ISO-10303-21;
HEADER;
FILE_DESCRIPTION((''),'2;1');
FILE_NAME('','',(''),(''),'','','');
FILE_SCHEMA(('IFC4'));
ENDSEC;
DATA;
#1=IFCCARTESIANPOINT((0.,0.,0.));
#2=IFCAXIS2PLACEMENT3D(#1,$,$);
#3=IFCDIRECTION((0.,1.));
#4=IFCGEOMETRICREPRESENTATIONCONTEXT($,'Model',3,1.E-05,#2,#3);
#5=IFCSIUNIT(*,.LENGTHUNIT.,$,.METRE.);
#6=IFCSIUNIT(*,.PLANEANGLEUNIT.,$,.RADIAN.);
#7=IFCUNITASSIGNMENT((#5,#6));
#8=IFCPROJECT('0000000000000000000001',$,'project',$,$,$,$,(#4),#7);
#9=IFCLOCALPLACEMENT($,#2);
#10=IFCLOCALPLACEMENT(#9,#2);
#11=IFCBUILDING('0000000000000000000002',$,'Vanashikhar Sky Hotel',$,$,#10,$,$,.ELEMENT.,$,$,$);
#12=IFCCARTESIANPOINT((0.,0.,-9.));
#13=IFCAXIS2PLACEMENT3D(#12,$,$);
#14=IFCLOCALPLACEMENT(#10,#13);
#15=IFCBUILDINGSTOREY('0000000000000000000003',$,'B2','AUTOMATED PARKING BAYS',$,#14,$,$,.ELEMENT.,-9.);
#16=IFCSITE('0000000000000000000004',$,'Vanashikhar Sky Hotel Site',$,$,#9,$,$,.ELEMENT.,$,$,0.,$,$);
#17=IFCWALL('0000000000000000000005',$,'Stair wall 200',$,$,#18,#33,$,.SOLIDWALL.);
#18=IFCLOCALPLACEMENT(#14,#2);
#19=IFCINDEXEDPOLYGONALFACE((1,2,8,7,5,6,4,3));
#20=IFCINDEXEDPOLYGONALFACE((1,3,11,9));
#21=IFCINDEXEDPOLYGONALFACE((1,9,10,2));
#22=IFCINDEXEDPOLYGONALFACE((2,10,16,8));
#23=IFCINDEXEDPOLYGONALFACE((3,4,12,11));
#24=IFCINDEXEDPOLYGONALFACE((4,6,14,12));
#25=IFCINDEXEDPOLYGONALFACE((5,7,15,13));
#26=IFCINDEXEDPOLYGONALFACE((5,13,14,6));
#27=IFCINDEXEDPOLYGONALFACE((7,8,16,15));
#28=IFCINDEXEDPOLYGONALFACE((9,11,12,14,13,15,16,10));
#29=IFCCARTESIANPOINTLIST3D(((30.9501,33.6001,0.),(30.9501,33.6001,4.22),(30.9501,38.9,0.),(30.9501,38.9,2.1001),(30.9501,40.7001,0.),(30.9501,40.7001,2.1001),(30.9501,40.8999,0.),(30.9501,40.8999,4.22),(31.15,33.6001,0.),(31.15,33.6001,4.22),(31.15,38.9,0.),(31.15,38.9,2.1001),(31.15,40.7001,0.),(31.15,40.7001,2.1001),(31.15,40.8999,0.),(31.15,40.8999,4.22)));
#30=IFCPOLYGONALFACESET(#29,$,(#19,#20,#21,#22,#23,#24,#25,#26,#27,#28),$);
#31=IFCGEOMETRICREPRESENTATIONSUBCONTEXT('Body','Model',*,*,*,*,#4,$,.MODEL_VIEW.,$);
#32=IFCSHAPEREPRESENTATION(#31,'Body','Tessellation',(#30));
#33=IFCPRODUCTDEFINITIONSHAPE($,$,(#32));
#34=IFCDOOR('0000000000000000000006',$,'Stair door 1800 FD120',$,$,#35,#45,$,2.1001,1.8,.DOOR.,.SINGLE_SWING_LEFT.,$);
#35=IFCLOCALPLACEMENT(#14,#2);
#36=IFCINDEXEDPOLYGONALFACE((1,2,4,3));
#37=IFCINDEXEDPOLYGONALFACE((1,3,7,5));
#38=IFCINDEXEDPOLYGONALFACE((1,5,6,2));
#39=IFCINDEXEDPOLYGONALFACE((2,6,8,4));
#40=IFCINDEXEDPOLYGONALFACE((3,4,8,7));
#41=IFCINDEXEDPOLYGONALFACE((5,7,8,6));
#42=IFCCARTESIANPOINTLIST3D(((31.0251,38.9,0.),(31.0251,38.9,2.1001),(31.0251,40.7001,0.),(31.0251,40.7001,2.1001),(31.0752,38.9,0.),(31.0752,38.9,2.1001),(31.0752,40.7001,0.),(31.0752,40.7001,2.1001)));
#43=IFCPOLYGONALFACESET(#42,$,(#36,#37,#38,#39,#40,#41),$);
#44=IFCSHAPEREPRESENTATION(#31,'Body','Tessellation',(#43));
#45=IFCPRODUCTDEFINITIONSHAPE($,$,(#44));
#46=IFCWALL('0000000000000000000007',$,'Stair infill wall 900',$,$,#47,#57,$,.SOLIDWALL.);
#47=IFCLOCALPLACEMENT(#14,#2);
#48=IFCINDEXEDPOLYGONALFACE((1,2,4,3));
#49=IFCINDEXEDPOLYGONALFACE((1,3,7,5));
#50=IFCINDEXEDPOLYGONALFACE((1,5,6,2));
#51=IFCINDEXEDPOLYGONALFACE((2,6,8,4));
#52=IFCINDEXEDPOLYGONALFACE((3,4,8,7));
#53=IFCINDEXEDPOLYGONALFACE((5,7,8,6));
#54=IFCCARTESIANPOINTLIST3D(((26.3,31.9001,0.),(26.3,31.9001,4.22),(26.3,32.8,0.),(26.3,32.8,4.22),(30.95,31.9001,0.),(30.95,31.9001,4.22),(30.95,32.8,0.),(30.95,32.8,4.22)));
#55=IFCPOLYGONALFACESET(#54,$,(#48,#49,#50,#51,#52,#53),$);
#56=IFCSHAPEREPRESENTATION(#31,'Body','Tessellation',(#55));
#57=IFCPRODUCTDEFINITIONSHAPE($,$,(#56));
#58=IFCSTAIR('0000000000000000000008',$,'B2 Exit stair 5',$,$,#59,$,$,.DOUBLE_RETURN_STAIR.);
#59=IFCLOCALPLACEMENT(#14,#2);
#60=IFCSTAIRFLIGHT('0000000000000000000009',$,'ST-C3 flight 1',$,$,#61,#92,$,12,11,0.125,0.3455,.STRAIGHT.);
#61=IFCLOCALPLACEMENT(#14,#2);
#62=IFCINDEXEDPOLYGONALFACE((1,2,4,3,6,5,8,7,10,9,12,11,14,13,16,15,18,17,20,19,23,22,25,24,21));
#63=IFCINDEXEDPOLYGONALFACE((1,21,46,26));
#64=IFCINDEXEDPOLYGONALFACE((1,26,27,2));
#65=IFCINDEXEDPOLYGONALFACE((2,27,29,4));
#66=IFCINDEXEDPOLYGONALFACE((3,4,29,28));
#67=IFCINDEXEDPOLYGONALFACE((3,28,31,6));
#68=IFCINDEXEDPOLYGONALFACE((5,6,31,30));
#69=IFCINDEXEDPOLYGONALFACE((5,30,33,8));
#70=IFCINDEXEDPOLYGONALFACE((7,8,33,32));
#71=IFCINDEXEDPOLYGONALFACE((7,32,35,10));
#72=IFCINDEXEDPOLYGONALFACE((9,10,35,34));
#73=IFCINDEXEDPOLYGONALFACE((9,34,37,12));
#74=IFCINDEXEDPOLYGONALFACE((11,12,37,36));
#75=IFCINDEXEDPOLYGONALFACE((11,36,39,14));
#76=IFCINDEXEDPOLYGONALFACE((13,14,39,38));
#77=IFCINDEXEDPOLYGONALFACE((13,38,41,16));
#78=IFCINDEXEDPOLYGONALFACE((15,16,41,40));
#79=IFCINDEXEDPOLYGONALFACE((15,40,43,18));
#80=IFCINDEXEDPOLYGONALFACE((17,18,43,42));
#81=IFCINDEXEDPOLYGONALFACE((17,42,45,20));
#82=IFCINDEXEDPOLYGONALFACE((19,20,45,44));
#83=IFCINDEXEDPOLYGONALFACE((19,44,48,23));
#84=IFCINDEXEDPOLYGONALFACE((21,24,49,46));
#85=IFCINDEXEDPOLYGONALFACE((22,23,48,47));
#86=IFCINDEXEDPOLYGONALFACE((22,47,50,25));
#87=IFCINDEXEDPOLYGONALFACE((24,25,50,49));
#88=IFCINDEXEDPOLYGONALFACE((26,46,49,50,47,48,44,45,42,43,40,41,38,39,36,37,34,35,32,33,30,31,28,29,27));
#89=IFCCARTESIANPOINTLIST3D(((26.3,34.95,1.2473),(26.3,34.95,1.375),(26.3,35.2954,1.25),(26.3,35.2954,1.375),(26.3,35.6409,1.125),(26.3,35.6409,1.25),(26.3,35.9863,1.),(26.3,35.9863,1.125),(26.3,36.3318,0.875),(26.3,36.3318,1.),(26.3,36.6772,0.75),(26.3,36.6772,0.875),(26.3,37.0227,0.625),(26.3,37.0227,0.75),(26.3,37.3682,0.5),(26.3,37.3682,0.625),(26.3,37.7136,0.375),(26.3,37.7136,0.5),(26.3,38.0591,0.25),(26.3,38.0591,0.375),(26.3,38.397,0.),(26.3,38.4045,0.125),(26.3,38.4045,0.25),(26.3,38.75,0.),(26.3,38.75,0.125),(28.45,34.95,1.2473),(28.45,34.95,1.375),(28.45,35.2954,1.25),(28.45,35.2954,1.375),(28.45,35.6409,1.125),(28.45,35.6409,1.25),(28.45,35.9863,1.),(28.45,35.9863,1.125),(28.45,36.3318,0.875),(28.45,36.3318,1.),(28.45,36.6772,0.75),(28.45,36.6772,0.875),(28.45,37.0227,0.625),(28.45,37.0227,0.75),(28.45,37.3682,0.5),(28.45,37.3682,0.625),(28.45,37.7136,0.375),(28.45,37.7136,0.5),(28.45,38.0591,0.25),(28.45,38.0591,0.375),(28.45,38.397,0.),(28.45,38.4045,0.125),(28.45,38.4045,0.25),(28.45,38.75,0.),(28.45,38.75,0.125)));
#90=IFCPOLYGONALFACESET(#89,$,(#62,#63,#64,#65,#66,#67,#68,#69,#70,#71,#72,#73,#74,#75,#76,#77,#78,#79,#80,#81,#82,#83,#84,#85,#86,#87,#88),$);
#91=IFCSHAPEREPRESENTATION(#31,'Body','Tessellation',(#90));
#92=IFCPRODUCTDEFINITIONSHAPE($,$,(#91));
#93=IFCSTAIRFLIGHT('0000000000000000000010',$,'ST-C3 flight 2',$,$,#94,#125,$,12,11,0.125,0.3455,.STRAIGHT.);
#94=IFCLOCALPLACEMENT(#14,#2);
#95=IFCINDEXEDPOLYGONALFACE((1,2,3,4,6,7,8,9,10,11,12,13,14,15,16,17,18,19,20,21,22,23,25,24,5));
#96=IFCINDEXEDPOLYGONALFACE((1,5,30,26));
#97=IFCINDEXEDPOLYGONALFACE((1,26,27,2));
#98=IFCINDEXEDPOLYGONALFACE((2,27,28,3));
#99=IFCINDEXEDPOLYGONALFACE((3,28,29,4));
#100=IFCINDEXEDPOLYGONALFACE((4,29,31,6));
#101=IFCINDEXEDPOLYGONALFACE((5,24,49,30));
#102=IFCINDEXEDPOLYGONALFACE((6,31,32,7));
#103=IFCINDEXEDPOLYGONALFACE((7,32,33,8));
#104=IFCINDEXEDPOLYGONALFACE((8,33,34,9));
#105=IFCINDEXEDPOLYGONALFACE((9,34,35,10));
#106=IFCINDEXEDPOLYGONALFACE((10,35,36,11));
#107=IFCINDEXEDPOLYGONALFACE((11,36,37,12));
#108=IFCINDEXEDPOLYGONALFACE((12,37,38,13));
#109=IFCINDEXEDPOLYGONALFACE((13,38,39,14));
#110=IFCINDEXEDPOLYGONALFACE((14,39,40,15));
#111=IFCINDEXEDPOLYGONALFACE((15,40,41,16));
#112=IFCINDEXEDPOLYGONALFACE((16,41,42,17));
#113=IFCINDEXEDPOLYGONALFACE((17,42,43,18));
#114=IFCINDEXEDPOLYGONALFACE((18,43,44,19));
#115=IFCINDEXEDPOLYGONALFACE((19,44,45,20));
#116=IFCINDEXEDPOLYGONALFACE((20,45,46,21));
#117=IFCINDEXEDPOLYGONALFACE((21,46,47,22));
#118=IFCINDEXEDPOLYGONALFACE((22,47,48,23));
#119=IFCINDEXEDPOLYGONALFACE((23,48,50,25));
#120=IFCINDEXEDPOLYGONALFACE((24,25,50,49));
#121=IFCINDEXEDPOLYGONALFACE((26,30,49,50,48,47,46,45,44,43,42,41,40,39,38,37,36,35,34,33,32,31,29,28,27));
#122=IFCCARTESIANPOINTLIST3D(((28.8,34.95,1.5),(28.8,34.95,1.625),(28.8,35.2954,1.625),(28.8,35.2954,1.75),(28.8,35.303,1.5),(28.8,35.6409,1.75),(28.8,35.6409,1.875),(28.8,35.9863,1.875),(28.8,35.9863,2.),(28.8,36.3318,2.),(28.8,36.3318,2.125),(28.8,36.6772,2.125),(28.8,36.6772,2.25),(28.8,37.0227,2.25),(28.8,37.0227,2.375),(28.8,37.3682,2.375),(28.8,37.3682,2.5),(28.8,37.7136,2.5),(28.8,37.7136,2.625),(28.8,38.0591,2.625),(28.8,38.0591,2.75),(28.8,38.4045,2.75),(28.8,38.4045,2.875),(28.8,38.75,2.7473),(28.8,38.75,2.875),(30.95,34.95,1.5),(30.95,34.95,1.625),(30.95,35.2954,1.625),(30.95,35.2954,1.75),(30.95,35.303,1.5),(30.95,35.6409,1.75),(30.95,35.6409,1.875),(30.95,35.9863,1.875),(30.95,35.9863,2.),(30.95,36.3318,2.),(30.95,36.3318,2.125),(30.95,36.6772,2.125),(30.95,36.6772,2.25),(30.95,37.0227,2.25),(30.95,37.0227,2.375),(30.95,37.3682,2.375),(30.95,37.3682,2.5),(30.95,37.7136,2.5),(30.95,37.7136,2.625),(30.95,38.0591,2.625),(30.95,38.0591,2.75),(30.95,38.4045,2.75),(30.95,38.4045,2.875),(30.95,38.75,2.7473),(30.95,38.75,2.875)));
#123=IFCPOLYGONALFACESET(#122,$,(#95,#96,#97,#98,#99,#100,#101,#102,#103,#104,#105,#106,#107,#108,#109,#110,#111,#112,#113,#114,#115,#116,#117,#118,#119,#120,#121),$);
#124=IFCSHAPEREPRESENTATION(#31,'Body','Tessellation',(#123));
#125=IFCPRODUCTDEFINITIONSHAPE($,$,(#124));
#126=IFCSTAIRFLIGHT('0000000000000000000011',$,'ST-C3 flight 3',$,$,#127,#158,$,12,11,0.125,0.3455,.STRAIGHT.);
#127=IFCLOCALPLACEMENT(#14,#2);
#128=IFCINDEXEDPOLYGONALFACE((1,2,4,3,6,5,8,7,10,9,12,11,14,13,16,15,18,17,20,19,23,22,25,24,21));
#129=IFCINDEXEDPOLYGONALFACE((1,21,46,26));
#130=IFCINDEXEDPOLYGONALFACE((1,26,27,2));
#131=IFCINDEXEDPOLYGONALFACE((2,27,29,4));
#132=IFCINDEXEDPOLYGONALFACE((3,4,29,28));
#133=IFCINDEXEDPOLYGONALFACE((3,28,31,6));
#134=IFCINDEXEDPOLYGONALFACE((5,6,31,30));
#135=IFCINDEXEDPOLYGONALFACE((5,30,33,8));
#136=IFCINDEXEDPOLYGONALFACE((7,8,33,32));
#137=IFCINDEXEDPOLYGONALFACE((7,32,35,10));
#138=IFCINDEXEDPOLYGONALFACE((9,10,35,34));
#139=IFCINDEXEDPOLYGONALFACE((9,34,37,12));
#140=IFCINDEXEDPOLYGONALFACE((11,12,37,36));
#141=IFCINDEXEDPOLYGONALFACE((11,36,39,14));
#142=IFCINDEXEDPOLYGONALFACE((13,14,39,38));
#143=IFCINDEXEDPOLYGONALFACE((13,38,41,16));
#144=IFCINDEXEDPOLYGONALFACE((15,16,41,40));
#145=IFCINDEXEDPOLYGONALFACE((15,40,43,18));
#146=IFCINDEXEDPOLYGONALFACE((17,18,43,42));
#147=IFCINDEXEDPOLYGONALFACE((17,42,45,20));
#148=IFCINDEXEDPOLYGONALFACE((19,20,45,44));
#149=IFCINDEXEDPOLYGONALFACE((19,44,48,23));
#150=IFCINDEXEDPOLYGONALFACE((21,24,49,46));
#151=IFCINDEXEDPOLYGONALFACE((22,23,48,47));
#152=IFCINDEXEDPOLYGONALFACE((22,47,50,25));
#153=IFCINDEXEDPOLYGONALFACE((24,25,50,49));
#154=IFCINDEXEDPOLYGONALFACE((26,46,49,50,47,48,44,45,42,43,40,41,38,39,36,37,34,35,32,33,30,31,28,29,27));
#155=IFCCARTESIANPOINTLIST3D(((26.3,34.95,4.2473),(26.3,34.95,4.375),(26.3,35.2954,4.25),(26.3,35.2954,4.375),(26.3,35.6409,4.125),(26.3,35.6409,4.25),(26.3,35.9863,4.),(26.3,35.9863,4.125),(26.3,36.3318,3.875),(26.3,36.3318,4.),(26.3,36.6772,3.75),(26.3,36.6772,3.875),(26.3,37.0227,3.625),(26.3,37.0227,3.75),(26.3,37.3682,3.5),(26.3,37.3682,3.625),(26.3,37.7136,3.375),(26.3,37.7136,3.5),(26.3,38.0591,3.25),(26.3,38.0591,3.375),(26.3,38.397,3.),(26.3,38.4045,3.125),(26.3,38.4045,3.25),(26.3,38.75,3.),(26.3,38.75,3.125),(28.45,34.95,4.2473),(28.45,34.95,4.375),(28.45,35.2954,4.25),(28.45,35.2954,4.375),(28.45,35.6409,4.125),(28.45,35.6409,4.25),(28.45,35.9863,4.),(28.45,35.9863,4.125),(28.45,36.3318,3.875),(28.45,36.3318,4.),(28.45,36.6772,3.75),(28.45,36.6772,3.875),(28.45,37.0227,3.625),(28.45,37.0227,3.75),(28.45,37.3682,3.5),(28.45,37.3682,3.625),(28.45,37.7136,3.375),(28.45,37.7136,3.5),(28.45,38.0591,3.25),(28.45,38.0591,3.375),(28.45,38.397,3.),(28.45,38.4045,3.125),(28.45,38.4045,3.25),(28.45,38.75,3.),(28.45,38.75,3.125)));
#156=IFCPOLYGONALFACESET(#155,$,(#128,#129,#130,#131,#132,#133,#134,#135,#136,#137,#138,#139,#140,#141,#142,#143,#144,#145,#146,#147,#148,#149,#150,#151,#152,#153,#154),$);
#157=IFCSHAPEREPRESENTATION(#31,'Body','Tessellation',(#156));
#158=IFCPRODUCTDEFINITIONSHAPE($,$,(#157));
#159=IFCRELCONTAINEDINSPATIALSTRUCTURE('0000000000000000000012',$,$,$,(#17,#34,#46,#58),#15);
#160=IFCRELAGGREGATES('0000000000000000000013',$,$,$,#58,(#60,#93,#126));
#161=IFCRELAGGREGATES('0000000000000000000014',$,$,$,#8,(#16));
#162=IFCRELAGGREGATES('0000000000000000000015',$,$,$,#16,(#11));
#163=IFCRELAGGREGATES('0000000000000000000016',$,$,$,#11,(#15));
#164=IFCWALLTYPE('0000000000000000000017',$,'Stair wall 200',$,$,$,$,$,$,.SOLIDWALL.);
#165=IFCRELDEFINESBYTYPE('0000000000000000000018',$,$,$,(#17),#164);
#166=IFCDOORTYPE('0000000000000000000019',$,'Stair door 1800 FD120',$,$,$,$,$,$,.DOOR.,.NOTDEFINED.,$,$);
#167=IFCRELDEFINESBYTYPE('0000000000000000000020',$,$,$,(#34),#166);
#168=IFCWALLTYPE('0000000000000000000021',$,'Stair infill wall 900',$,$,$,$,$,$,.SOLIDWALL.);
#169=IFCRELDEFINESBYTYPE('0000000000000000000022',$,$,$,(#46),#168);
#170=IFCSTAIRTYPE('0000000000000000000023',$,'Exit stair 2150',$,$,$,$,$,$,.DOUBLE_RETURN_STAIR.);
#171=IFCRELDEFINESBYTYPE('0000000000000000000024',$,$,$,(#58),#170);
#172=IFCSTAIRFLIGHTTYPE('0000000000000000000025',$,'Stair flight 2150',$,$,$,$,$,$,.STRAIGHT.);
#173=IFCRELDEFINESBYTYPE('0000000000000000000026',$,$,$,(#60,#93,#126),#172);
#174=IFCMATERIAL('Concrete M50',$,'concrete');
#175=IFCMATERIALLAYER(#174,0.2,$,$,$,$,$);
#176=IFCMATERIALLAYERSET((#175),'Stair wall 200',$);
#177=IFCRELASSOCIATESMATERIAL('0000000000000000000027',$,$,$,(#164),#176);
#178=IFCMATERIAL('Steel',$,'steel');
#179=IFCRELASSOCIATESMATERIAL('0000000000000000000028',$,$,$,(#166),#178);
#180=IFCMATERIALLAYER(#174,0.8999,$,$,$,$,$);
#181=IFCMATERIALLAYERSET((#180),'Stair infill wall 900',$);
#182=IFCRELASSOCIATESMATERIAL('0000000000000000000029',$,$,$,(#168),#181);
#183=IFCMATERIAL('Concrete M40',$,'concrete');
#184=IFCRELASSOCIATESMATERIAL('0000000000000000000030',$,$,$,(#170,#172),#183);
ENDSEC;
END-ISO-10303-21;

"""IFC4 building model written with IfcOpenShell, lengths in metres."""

from ifc_helpers import new_model, si_unit, direction, frame, frame_2d, origin, place, context, subcontext, project, spatial, polyline, rectangle, outline, extrude, source, transform, mapped, material, layer, layer_set, type_object, element, fill, aggregate, save


model = new_model("IFC4")

# Units and contexts
model_context = context("Model", 3, precision=1e-05, world=origin(), true_north=direction((0.0, 1.0)))
body_context = subcontext(model_context, "Body", "Model", "MODEL_VIEW")
ifc_project = project(units=[si_unit("LENGTHUNIT", "METRE"), si_unit("PLANEANGLEUNIT", "RADIAN")], contexts=[model_context])

# Site, building, storey
site_placement = place(None, origin())
site = spatial("IfcSite", under=ifc_project, at=site_placement, Name="Vanashikhar Sky Hotel Site", CompositionType="ELEMENT", RefElevation=0.0)
building_placement = place(site_placement, origin())
building = spatial("IfcBuilding", under=site, at=building_placement, Name="Vanashikhar Sky Hotel", CompositionType="ELEMENT")
storey_placement = place(building_placement, frame((0.0, 0.0, -9.0)))
storey = spatial("IfcBuildingStorey", under=building, at=storey_placement, Name="B2", Description="AUTOMATED PARKING BAYS", CompositionType="ELEMENT", Elevation=-9.0)

# Shared definitions
ifc_material_1 = material(Name="Steel", Category="steel")

# Shared definitions
ifc_material_2 = material(Name="Concrete M40", Category="concrete")

# Wall, opening, door
ifc_material_3 = material(Name="Concrete M50", Category="concrete")
ifc_layer_1 = layer(ifc_material_3, 0.2)
ifc_layer_set_1 = layer_set([ifc_layer_1], Name="Stair wall 200")
wall_type_1 = type_object("IfcWallType", Name="Stair wall 200", PredefinedType="SOLIDWALL", material=ifc_layer_set_1)
shared_shape_1 = source(origin(), body_context, "Body", "SweptSolid", [
    extrude(rectangle(XDim=7.2998, YDim=0.2, at=frame_2d((3.6499, 0.0))), origin(), (0.0, 0.0, 1.0), 4.22),
])
wall_1_placement = place(storey_placement, frame((31.05, 33.6001, 0.0), z_axis=(0.0, 0.0, 1.0), x_axis=(0.0, 1.0, 0.0)))
wall_1 = element("IfcWall", 1, at=wall_1_placement, inside=storey, type_object=wall_type_1, Name="Stair wall 200", PredefinedType="SOLIDWALL", context=body_context, shape_type="MappedRepresentation", body=[
    mapped(shared_shape_1, transform((0.0, 0.0, 0.0), scale=1.0)),
])
shared_shape_2 = source(origin(), body_context, "Body", "SweptSolid", [
    extrude(rectangle(XDim=1.8, YDim=2.1001, at=frame_2d((0.8999, 1.05))), frame((0.0, 0.1099, 0.0), z_axis=(0.0, -1.0, 0.0), x_axis=(1.0, 0.0, 0.0)), (0.0, 0.0, 1.0), 0.22),
])
opening_1_placement = place(wall_1_placement, frame((5.3, 0.0, 0.0)))
opening_1 = element("IfcOpeningElement", 2, at=opening_1_placement, cuts=wall_1, PredefinedType="OPENING", context=body_context, shape_type="MappedRepresentation", body=[
    mapped(shared_shape_2, transform((0.0, 0.0, 0.0), scale=1.0)),
])
door_type_1 = type_object("IfcDoorType", Name="Stair door 1800 FD120", OperationType="NOTDEFINED", PredefinedType="DOOR", material=ifc_material_1)
shared_shape_3 = source(origin(), body_context, "Body", "SweptSolid", [
    extrude(rectangle(XDim=1.8, YDim=2.1001, at=frame_2d((0.8999, 1.05))), frame((0.0, 0.0249, 0.0), z_axis=(0.0, -1.0, 0.0), x_axis=(1.0, 0.0, 0.0)), (0.0, 0.0, 1.0), 0.05),
])
door_1_placement = place(opening_1_placement, origin())
door_1 = element("IfcDoor", 3, at=door_1_placement, inside=storey, type_object=door_type_1, Name="Stair door 1800 FD120", OperationType="SINGLE_SWING_LEFT", OverallHeight=2.1001, OverallWidth=1.8, PredefinedType="DOOR", context=body_context, shape_type="MappedRepresentation", body=[
    mapped(shared_shape_3, transform((0.0, 0.0, 0.0), scale=1.0)),
])
fill(opening_1, door_1)

# Wall
ifc_layer_2 = layer(ifc_material_3, 0.8999)
ifc_layer_set_2 = layer_set([ifc_layer_2], Name="Stair infill wall 900")
wall_type_2 = type_object("IfcWallType", Name="Stair infill wall 900", PredefinedType="SOLIDWALL", material=ifc_layer_set_2)
shared_shape_4 = source(origin(), body_context, "Body", "SweptSolid", [
    extrude(rectangle(XDim=4.6499, YDim=0.8999, at=frame_2d((2.325, 0.0))), origin(), (0.0, 0.0, 1.0), 4.22),
])
wall_2_placement = place(storey_placement, frame((26.3, 32.3501, 0.0), z_axis=(0.0, 0.0, 1.0), x_axis=(1.0, 0.0, 0.0)))
element("IfcWall", 4, at=wall_2_placement, inside=storey, type_object=wall_type_2, Name="Stair infill wall 900", PredefinedType="SOLIDWALL", context=body_context, shape_type="MappedRepresentation", body=[
    mapped(shared_shape_4, transform((0.0, 0.0, 0.0), scale=1.0)),
])

# Stair, stair flights
stair_type = type_object("IfcStairType", Name="Exit stair 2150", PredefinedType="DOUBLE_RETURN_STAIR", material=ifc_material_2)
stair_placement = place(storey_placement, origin())
stair = element("IfcStair", 5, at=stair_placement, inside=storey, type_object=stair_type, Name="B2 Exit stair 5", PredefinedType="DOUBLE_RETURN_STAIR")
stair_flight_type = type_object("IfcStairFlightType", Name="Stair flight 2150", PredefinedType="STRAIGHT", material=ifc_material_2)
shared_shape_5 = source(origin(), body_context, "Body", "SweptSolid", [
    extrude(outline(polyline([(0.0, 0.0), (0.0, 0.125), (0.3455, 0.125), (0.3455, 0.25), (0.6909, 0.25), (0.6909, 0.375), (1.0364, 0.375), (1.0364, 0.5), (1.3818, 0.5), (1.3818, 0.625), (1.7273, 0.625), (1.7273, 0.75), (2.0728, 0.75), (2.0728, 0.875), (2.4182, 0.875), (2.4182, 1.0), (2.7637, 1.0), (2.7637, 1.125), (3.1091, 1.125), (3.1091, 1.25), (3.4546, 1.25), (3.4546, 1.375), (3.8, 1.375), (3.8, 1.5), (3.8, 1.2473), (0.353, 0.0), (0.0, 0.0)])), frame((0.0, 1.075, 0.0), z_axis=(0.0, -1.0, 0.0), x_axis=(1.0, 0.0, 0.0)), (0.0, 0.0, 1.0), 2.1499),
])
stair_flight_1_placement = place(storey_placement, frame((27.375, 38.75, 0.0), z_axis=(0.0, 0.0, 1.0), x_axis=(0.0, -1.0, 0.0)))
stair_flight_1 = element("IfcStairFlight", 6, at=stair_flight_1_placement, type_object=stair_flight_type, Name="ST-C3 flight 1", NumberOfRisers=12, NumberOfTreads=11, PredefinedType="STRAIGHT", RiserHeight=0.125, TreadLength=0.3455, context=body_context, shape_type="MappedRepresentation", body=[
    mapped(shared_shape_5, transform((0.0, 0.0, 0.0), scale=1.0)),
])
stair_flight_2_placement = place(storey_placement, frame((29.875, 34.95, 1.5), z_axis=(0.0, 0.0, 1.0), x_axis=(0.0, 1.0, 0.0)))
stair_flight_2 = element("IfcStairFlight", 7, at=stair_flight_2_placement, type_object=stair_flight_type, Name="ST-C3 flight 2", NumberOfRisers=12, NumberOfTreads=11, PredefinedType="STRAIGHT", RiserHeight=0.125, TreadLength=0.3455, context=body_context, shape_type="MappedRepresentation", body=[
    mapped(shared_shape_5, transform((0.0, 0.0, 0.0), scale=1.0)),
])
stair_flight_3_placement = place(storey_placement, frame((27.375, 38.75, 3.0), z_axis=(0.0, 0.0, 1.0), x_axis=(0.0, -1.0, 0.0)))
stair_flight_3 = element("IfcStairFlight", 8, at=stair_flight_3_placement, type_object=stair_flight_type, Name="ST-C3 flight 3", NumberOfRisers=12, NumberOfTreads=11, PredefinedType="STRAIGHT", RiserHeight=0.125, TreadLength=0.3455, context=body_context, shape_type="MappedRepresentation", body=[
    mapped(shared_shape_5, transform((0.0, 0.0, 0.0), scale=1.0)),
])
aggregate(stair, [stair_flight_1, stair_flight_2, stair_flight_3])

save(model, "model.ifc")
